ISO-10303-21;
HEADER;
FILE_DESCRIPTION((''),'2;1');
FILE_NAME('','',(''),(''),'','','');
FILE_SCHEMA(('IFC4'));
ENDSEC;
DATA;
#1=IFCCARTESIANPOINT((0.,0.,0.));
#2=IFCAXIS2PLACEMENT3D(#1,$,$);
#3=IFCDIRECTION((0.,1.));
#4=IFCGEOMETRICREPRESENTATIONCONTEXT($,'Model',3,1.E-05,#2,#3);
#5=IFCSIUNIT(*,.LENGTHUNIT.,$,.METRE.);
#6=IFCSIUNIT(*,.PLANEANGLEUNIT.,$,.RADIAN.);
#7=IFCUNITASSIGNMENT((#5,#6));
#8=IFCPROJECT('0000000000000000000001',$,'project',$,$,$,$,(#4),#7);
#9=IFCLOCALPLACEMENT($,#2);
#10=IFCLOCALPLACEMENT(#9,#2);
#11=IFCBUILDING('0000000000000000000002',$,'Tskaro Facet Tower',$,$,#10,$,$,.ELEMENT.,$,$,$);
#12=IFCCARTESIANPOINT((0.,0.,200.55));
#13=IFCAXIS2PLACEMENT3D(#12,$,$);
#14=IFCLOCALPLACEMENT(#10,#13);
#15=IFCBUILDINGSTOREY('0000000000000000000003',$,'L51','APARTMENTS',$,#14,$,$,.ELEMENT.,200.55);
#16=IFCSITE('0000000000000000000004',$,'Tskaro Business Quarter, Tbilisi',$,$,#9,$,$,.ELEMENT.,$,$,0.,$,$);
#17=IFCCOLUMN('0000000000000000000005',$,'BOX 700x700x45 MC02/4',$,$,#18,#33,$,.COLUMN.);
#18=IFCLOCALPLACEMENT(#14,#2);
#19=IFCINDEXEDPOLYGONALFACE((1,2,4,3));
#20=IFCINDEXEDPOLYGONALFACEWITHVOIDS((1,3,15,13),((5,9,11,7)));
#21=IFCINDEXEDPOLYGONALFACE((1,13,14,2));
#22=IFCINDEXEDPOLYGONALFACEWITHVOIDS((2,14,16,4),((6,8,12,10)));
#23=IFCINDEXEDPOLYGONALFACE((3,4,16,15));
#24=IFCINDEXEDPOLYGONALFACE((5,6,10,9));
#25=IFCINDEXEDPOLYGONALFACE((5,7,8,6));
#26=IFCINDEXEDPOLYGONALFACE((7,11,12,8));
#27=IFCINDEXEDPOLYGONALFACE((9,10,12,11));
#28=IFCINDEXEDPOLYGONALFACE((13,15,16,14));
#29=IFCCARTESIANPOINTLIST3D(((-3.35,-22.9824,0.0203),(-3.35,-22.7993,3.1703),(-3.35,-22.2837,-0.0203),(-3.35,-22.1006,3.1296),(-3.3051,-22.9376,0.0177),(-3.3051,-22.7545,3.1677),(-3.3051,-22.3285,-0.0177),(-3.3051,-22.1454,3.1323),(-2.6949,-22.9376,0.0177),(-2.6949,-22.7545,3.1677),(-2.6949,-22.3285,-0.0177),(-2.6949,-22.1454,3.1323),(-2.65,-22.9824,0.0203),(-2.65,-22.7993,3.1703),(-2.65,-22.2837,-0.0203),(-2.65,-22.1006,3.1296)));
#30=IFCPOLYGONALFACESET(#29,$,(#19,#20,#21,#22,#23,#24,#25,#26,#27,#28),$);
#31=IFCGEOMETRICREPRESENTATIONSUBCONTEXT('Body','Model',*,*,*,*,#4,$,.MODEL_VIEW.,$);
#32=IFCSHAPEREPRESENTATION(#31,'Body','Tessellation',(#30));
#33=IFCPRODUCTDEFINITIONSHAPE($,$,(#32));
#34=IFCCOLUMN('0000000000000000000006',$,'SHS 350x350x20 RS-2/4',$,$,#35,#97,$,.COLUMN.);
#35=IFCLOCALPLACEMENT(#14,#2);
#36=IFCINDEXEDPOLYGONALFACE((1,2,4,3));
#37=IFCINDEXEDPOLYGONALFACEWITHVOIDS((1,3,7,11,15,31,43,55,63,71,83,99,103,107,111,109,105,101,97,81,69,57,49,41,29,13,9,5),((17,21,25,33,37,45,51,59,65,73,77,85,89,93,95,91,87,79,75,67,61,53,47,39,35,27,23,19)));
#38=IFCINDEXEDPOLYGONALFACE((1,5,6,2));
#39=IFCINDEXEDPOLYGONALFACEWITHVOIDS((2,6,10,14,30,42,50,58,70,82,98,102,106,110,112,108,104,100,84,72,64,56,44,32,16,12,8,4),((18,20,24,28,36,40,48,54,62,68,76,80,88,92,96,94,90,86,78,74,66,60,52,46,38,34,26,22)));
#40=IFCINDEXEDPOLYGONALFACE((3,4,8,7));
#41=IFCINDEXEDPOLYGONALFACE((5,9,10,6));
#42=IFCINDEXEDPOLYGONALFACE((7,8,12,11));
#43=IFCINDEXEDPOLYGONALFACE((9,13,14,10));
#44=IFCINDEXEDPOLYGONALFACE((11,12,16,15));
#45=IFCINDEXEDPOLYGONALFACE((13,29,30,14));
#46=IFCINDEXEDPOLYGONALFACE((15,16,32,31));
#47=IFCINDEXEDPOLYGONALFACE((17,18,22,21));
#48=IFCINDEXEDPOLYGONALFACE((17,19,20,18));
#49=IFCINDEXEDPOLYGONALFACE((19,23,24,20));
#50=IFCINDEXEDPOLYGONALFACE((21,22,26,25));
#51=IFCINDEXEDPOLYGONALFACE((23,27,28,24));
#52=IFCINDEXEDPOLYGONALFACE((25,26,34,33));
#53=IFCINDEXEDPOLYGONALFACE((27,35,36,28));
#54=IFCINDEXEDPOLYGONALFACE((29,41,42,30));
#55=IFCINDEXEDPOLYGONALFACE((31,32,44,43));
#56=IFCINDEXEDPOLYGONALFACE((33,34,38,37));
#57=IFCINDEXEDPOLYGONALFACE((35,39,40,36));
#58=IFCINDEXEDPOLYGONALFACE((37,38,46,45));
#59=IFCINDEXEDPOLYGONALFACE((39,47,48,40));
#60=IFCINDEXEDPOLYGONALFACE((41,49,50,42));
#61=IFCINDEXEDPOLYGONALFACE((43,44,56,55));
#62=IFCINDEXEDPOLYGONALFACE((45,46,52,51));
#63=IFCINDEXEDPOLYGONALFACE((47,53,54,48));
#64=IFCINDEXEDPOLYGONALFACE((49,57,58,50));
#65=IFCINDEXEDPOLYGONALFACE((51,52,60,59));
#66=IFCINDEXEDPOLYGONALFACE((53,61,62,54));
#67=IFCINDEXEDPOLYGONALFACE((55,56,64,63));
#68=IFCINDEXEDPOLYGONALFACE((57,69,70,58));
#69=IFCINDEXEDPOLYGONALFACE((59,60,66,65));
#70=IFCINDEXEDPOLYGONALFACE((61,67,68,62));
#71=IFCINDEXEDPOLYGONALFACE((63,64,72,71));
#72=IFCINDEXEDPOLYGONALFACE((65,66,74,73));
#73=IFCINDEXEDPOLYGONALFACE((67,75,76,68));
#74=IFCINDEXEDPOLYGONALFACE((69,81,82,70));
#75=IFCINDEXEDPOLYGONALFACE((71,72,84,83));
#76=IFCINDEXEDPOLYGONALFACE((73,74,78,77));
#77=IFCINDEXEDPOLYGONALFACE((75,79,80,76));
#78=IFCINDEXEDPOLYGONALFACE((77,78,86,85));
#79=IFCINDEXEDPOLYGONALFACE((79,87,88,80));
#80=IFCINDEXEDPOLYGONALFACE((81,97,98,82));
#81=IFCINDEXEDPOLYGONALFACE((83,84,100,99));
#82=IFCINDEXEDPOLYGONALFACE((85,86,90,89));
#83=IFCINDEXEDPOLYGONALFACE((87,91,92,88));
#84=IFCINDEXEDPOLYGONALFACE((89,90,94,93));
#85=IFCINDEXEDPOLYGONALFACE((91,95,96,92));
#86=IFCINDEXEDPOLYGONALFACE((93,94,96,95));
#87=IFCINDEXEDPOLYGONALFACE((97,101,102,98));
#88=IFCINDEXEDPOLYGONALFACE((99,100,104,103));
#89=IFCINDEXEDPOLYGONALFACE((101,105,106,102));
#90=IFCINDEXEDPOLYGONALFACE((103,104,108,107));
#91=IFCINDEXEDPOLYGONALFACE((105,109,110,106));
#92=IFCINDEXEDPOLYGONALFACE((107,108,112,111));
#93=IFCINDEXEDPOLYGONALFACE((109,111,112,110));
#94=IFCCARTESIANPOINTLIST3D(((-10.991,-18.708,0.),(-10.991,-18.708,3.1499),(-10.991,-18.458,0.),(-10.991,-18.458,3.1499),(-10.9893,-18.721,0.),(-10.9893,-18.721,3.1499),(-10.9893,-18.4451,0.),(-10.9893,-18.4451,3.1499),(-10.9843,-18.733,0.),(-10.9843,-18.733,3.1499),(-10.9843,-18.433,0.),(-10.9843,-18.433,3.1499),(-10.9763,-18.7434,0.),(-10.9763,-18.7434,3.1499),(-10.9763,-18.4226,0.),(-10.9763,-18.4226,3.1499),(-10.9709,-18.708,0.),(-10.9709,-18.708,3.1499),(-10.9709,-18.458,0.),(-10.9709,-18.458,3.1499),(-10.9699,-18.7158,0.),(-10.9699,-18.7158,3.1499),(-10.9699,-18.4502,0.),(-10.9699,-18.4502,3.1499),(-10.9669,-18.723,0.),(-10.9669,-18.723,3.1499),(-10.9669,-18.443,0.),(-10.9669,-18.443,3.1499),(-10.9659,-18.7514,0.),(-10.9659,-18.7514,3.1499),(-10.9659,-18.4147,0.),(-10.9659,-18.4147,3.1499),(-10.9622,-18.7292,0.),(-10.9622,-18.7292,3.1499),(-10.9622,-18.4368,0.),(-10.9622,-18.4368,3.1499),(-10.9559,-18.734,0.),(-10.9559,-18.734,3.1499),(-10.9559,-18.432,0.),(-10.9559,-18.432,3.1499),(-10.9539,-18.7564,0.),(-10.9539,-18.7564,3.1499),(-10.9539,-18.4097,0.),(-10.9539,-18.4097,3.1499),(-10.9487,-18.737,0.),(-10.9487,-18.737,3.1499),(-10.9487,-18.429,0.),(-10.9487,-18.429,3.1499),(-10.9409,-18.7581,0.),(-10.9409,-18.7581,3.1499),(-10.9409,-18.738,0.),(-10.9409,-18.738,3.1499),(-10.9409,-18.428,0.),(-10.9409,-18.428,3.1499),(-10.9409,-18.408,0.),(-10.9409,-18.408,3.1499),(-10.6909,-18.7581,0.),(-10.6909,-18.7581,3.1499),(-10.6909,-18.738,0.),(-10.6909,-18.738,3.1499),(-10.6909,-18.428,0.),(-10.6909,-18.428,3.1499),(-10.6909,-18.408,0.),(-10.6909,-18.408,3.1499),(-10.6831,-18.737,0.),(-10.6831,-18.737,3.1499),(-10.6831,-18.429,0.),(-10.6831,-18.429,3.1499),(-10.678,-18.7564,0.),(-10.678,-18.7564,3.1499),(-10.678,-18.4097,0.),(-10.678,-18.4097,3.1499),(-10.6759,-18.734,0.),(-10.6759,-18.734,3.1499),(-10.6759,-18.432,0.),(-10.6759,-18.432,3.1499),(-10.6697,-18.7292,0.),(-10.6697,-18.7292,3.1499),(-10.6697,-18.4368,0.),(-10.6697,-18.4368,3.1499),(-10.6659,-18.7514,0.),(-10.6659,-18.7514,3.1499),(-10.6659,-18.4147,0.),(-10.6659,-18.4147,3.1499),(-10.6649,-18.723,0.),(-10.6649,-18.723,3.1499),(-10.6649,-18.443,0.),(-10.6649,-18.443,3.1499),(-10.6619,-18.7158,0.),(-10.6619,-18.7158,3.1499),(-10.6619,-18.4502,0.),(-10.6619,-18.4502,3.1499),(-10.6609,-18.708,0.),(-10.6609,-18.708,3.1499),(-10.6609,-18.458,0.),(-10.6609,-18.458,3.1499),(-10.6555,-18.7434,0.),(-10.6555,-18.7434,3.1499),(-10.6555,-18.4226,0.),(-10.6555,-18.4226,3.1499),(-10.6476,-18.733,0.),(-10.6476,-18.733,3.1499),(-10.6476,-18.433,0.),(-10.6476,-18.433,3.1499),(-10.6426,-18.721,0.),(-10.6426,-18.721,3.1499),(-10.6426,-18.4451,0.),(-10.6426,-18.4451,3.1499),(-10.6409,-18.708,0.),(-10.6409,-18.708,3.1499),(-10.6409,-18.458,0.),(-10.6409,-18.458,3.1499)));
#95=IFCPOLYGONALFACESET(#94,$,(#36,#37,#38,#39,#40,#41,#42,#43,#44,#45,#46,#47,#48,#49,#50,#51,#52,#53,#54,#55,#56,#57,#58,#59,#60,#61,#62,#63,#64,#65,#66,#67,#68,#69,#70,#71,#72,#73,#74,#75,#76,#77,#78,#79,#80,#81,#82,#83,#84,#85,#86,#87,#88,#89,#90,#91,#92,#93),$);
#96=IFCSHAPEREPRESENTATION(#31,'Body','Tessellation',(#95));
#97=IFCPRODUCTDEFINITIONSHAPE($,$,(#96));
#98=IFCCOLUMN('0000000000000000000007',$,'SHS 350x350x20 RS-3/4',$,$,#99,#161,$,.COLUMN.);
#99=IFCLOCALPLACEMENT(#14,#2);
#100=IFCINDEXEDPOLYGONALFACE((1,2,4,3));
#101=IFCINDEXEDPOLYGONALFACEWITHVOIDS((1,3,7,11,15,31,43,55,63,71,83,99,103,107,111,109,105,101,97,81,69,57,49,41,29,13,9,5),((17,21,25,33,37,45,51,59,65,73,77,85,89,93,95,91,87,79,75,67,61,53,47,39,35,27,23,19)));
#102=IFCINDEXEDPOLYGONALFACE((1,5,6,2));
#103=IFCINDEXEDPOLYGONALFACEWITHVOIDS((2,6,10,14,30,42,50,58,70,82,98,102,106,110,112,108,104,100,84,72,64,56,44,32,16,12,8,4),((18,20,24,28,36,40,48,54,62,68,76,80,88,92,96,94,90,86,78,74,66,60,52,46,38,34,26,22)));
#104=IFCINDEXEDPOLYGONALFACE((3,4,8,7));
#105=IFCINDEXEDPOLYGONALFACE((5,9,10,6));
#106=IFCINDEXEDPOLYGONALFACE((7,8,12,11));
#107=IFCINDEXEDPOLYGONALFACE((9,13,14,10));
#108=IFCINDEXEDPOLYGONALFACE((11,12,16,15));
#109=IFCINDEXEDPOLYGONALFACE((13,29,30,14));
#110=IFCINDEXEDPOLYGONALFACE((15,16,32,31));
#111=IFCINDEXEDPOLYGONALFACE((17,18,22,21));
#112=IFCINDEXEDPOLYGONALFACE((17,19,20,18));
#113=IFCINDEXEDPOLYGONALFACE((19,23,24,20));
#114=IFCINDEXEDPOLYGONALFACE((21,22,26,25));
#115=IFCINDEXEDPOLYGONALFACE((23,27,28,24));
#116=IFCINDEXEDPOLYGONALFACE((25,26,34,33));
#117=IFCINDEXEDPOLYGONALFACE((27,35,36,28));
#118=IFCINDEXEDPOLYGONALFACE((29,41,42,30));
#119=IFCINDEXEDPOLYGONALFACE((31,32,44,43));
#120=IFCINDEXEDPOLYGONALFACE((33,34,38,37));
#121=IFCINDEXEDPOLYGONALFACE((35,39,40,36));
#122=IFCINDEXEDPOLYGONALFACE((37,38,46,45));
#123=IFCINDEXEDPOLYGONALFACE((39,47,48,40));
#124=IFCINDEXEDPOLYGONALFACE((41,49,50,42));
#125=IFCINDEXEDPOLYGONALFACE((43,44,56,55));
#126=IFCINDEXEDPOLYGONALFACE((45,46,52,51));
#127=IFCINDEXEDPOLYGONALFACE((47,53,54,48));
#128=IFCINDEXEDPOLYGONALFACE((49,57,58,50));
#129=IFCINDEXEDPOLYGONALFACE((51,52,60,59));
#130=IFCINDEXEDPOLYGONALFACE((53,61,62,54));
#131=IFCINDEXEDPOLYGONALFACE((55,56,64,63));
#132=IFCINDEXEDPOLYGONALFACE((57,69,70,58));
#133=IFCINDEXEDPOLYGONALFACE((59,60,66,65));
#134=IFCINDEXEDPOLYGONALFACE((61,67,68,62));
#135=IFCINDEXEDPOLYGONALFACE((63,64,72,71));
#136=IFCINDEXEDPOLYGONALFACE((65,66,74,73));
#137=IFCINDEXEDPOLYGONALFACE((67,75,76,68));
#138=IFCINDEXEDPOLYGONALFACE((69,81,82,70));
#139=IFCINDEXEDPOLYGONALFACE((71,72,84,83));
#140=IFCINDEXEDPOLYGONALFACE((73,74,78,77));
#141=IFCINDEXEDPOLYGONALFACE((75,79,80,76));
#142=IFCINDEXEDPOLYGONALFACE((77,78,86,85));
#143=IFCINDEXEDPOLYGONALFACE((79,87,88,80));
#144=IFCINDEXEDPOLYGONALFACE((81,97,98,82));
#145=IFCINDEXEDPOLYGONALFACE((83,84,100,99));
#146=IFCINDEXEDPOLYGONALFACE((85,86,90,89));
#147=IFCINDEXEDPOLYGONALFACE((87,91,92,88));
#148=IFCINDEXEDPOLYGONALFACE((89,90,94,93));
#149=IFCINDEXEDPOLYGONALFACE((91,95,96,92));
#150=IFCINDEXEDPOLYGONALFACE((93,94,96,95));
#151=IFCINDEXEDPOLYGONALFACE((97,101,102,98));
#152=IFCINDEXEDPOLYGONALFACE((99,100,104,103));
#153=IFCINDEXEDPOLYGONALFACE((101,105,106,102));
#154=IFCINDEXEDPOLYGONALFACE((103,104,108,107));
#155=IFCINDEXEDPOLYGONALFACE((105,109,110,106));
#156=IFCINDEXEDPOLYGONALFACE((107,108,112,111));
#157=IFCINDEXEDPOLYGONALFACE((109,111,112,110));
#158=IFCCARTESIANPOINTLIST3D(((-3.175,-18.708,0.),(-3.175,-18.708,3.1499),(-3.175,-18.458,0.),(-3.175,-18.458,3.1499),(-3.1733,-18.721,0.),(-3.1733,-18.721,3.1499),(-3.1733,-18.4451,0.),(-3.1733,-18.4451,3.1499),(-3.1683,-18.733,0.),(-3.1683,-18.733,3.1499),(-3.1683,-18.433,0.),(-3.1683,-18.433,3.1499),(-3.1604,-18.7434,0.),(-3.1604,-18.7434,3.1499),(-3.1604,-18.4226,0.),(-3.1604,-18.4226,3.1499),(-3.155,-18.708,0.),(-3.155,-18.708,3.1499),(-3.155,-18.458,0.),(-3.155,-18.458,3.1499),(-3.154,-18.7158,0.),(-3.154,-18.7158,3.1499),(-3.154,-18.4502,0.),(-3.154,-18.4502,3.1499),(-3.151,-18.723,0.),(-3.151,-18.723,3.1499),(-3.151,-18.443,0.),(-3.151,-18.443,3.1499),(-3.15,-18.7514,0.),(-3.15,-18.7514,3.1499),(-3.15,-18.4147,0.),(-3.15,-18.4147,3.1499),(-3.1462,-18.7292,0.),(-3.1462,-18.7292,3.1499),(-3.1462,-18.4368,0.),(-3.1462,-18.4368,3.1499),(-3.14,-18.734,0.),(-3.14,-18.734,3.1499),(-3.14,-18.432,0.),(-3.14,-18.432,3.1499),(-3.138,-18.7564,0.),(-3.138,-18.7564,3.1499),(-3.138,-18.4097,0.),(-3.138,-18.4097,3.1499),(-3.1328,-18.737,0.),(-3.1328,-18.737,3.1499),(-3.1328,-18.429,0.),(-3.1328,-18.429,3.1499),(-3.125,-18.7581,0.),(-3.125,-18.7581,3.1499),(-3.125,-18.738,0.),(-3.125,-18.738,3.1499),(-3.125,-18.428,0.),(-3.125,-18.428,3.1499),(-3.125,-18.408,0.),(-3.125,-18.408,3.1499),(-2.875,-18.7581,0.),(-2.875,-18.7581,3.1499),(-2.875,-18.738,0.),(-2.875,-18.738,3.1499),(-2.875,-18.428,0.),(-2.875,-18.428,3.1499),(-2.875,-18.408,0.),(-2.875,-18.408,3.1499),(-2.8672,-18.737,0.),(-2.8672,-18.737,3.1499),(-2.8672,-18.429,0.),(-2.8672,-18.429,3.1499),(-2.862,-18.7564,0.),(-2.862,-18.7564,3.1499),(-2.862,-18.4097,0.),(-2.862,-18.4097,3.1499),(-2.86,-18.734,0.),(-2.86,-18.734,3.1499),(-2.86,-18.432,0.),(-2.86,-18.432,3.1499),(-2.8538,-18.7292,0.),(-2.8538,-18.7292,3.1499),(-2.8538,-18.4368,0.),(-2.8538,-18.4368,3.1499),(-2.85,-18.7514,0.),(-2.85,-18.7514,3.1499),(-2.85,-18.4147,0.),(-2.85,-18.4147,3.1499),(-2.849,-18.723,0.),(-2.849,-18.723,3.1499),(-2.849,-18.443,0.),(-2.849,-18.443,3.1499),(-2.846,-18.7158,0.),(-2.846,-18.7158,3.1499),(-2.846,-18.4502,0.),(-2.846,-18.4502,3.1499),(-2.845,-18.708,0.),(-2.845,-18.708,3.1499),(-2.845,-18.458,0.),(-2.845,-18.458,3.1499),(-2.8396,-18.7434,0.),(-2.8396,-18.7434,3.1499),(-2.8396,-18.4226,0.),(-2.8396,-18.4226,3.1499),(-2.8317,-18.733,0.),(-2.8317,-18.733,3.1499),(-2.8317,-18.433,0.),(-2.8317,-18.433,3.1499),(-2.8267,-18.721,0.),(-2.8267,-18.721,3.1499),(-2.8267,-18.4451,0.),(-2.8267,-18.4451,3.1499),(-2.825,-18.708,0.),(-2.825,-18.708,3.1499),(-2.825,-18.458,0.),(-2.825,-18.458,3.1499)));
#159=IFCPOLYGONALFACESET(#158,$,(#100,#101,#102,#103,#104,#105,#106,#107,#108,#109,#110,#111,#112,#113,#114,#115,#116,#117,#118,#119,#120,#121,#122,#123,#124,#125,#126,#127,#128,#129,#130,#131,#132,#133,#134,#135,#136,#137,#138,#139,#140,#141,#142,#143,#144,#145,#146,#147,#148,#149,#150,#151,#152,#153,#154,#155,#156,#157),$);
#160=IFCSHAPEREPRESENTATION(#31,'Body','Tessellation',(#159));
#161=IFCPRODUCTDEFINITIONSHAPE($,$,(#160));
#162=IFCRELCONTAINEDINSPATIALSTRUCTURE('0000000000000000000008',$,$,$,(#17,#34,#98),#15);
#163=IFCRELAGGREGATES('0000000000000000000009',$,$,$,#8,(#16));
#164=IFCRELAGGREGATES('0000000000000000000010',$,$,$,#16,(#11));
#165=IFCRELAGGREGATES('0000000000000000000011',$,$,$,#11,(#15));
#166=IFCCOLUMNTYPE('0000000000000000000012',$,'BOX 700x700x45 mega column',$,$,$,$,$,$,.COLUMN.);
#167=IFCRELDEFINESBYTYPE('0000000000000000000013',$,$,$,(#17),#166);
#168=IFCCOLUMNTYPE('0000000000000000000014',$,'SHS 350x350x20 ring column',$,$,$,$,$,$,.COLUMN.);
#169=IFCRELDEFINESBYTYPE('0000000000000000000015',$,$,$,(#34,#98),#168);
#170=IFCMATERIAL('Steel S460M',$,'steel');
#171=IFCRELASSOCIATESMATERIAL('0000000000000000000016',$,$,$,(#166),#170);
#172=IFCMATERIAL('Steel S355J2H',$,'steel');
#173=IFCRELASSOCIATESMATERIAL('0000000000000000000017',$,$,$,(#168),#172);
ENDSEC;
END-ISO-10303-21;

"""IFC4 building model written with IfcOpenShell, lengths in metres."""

from ifc_helpers import new_model, si_unit, direction, frame, origin, origin_2d, place, context, subcontext, project, spatial, hollow_rectangle, extrude, material, material_profile, profile_set, type_object, element, save


model = new_model("IFC4")

# Units and contexts
model_context = context("Model", 3, precision=1e-05, world=origin(), true_north=direction((0.0, 1.0)))
body_context = subcontext(model_context, "Body", "Model", "MODEL_VIEW")
ifc_project = project(units=[si_unit("LENGTHUNIT", "METRE"), si_unit("PLANEANGLEUNIT", "RADIAN")], contexts=[model_context])

# Site, building, storey
site_placement = place(None, origin())
site = spatial("IfcSite", under=ifc_project, at=site_placement, Name="Tskaro Business Quarter, Tbilisi", CompositionType="ELEMENT", RefElevation=0.0)
building_placement = place(site_placement, origin())
building = spatial("IfcBuilding", under=site, at=building_placement, Name="Tskaro Facet Tower", CompositionType="ELEMENT")
storey_placement = place(building_placement, frame((0.0, 0.0, 200.55)))
storey = spatial("IfcBuildingStorey", under=building, at=storey_placement, Name="L51", Description="APARTMENTS", CompositionType="ELEMENT", Elevation=200.55)

# Columns
ifc_material_1 = material(Name="Steel S460M", Category="steel")
ifc_material_profile_1 = material_profile(ifc_material_1, hollow_rectangle(XDim=0.7, YDim=0.7, WallThickness=0.0449, at=origin_2d()), Name="BOX 700x700x45")
ifc_profile_set_1 = profile_set([ifc_material_profile_1], Name="Steel S460M")
column_type_1 = type_object("IfcColumnType", Name="BOX 700x700x45 mega column", PredefinedType="COLUMN", material=ifc_profile_set_1)
column_placement = place(storey_placement, frame((-3.0, -22.6331, 0.0), z_axis=(0.0, 0.058033, 0.998315), x_axis=(-1.0, 0.0, 0.0)))
element("IfcColumn", 1, at=column_placement, inside=storey, type_object=column_type_1, Name="BOX 700x700x45 MC02/4", PredefinedType="COLUMN", context=body_context, shape_type="SweptSolid", body=[
    extrude(hollow_rectangle(XDim=0.7, YDim=0.7, WallThickness=0.0449, at=origin_2d()), origin(), (0.0, 0.0, 1.0), 3.1553),
])
ifc_material_2 = material(Name="Steel S355J2H", Category="steel")
ifc_material_profile_2 = material_profile(ifc_material_2, hollow_rectangle(XDim=0.3501, YDim=0.3501, WallThickness=0.02, InnerFilletRadius=0.03, OuterFilletRadius=0.05, at=origin_2d()), Name="SHS 350x350x20")
ifc_profile_set_2 = profile_set([ifc_material_profile_2], Name="Steel S355J2H")
column_type_2 = type_object("IfcColumnType", Name="SHS 350x350x20 ring column", PredefinedType="COLUMN", material=ifc_profile_set_2)
for number, where, z_axis, x_axis, name in (
    (2, (-10.8159, -18.583, 0.0), (0.0, 0.0, 1.0), (1.0, 0.0, 0.0), "SHS 350x350x20 RS-2/4"),
    (3, (-3.0, -18.583, 0.0), (0.0, 0.0, 1.0), (1.0, 0.0, 0.0), "SHS 350x350x20 RS-3/4"),
):
    element("IfcColumn", number, at=place(storey_placement, frame(where, z_axis=z_axis, x_axis=x_axis)), inside=storey, type_object=column_type_2, Name=name, PredefinedType="COLUMN", context=body_context, shape_type="SweptSolid", body=[
        extrude(hollow_rectangle(XDim=0.3501, YDim=0.3501, WallThickness=0.02, InnerFilletRadius=0.03, OuterFilletRadius=0.05, at=origin_2d()), origin(), (0.0, 0.0, 1.0), 3.1499),
    ])

save(model, "model.ifc")
